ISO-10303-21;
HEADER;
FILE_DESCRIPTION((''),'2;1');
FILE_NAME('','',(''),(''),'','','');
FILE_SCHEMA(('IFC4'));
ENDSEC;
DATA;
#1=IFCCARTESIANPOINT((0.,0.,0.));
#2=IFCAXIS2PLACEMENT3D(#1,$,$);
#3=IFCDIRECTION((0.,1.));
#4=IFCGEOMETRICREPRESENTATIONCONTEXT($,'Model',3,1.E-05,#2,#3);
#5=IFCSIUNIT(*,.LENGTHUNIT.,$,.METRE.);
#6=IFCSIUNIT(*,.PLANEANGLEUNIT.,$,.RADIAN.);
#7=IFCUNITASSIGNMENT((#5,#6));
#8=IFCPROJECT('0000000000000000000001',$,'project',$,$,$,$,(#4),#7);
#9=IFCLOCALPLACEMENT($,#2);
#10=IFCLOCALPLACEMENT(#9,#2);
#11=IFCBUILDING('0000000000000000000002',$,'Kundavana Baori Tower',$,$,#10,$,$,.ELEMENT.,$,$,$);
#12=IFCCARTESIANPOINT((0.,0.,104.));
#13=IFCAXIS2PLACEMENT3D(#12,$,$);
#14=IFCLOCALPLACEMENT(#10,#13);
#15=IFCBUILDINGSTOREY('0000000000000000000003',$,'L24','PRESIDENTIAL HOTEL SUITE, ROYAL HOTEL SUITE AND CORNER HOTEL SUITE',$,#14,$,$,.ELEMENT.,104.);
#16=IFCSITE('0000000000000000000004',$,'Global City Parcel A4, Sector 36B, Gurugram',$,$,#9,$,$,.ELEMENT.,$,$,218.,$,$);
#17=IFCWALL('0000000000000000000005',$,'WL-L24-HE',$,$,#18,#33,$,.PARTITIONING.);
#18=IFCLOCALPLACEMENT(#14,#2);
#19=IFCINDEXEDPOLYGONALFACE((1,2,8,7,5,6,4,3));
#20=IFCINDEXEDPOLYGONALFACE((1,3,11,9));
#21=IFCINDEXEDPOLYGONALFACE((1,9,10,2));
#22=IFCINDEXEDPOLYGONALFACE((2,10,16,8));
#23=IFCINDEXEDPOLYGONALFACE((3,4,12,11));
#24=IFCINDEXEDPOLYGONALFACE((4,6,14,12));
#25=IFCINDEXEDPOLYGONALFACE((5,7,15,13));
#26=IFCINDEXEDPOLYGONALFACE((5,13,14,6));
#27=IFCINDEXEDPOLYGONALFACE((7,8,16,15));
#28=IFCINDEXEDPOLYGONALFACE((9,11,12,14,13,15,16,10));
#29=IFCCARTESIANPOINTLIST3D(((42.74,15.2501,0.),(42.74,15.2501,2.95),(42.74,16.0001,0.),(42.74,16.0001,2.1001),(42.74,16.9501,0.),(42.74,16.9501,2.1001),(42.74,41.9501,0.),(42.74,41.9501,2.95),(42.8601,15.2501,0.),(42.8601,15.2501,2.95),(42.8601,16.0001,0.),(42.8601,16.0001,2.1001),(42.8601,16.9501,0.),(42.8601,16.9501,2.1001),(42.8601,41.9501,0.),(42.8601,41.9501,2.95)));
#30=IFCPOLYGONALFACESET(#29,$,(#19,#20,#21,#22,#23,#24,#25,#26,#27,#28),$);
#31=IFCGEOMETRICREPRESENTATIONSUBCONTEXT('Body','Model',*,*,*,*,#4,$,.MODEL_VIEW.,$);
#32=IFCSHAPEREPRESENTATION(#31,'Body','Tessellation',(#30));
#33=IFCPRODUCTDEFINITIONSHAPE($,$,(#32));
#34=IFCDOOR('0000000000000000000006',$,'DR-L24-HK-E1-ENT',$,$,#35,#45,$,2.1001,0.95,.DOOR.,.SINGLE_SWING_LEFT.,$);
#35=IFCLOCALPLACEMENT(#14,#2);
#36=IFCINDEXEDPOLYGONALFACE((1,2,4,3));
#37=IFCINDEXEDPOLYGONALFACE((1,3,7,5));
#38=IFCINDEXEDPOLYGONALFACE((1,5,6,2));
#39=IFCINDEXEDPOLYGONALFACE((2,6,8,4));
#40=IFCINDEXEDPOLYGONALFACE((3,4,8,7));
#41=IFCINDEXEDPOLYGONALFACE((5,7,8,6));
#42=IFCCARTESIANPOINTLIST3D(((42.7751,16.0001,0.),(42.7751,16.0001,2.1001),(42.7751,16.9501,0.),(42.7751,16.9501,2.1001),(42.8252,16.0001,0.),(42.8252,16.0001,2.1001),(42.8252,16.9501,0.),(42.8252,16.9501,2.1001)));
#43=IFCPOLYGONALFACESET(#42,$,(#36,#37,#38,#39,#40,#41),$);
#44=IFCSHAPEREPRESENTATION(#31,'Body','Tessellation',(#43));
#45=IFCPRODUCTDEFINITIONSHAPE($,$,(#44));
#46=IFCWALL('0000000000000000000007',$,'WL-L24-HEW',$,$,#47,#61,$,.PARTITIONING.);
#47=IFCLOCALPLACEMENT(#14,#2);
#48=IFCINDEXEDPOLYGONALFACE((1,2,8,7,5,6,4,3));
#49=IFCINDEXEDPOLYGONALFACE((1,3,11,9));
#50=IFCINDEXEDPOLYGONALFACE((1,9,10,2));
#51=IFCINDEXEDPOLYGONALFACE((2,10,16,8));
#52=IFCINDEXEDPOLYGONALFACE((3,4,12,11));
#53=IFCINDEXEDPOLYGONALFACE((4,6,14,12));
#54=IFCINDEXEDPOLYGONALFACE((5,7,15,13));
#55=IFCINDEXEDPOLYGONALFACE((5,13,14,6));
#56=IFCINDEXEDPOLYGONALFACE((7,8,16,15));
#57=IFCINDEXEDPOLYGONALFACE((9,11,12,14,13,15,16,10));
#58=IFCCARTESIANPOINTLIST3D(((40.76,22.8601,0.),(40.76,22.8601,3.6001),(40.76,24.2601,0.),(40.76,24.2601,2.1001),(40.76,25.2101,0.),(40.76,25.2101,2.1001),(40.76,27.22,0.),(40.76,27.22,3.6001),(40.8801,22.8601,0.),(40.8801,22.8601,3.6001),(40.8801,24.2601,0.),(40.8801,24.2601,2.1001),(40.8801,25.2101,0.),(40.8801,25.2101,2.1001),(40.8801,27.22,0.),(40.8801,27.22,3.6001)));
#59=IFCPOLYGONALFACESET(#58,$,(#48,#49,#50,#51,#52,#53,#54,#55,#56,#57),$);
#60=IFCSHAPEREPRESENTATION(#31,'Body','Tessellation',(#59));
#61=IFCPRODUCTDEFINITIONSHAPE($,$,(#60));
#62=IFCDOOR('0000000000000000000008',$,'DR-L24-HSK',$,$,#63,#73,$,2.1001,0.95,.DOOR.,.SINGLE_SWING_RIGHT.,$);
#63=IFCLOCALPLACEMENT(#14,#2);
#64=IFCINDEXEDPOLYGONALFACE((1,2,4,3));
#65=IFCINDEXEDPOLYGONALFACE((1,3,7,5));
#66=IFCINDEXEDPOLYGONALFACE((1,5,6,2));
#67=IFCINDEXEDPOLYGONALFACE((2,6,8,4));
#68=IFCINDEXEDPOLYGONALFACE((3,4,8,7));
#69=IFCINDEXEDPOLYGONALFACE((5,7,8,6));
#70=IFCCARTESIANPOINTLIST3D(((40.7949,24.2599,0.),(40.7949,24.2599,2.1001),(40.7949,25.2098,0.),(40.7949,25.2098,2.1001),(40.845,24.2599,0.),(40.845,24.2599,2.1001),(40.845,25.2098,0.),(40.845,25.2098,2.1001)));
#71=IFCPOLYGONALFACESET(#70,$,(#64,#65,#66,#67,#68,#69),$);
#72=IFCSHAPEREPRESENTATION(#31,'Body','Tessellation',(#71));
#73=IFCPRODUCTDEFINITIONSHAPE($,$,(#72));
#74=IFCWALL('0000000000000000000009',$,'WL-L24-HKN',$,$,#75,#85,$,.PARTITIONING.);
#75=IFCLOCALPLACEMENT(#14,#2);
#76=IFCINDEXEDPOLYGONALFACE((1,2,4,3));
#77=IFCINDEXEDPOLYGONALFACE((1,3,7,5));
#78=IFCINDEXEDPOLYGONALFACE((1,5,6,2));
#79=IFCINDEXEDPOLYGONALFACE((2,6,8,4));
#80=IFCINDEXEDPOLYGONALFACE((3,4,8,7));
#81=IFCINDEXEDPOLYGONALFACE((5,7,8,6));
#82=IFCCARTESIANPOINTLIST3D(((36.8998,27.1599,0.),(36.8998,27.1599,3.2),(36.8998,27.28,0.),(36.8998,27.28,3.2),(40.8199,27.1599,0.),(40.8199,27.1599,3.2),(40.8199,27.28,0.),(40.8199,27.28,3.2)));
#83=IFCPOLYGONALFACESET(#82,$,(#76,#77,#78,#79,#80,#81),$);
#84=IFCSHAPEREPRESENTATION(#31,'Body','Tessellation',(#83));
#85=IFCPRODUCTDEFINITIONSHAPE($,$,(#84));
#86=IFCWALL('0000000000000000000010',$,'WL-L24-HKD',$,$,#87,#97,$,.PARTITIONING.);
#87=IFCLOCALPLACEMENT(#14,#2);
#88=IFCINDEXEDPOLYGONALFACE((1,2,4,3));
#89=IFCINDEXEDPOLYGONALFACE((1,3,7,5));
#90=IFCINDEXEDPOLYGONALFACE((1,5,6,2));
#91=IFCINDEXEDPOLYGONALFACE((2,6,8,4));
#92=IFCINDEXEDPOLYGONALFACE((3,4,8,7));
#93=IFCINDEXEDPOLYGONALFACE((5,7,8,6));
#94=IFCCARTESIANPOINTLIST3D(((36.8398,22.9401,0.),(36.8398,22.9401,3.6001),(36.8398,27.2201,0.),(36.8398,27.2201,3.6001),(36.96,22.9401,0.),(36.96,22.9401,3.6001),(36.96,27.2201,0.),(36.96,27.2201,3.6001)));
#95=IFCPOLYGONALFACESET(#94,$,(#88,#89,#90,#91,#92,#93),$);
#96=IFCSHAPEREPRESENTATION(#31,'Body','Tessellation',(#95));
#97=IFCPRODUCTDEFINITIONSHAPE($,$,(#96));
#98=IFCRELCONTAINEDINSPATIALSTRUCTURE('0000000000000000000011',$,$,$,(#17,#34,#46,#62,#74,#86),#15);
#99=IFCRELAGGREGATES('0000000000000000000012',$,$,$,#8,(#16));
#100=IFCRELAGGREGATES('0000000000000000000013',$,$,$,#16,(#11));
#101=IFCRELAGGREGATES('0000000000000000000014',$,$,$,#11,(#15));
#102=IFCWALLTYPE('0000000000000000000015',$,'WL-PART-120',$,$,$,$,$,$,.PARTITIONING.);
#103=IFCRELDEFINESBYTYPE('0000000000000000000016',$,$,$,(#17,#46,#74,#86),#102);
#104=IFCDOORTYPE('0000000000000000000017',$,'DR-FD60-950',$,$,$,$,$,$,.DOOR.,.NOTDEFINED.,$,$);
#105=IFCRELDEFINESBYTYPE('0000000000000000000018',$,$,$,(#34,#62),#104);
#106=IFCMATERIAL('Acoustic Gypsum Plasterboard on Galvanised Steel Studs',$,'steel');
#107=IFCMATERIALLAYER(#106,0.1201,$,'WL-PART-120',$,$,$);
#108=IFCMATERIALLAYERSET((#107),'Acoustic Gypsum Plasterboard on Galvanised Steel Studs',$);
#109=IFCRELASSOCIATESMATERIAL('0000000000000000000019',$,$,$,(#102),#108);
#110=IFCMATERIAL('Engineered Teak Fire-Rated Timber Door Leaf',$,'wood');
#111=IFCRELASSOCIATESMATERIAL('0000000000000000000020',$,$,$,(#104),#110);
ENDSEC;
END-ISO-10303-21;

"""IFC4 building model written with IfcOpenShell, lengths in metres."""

from ifc_helpers import new_model, si_unit, direction, frame, frame_2d, origin, place, context, subcontext, project, spatial, rectangle, extrude, material, layer, layer_set, type_object, element, fill, save


model = new_model("IFC4")

# Units and contexts
model_context = context("Model", 3, precision=1e-05, world=origin(), true_north=direction((0.0, 1.0)))
body_context = subcontext(model_context, "Body", "Model", "MODEL_VIEW")
ifc_project = project(units=[si_unit("LENGTHUNIT", "METRE"), si_unit("PLANEANGLEUNIT", "RADIAN")], contexts=[model_context])

# Site, building, storey
site_placement = place(None, origin())
site = spatial("IfcSite", under=ifc_project, at=site_placement, Name="Global City Parcel A4, Sector 36B, Gurugram", CompositionType="ELEMENT", RefElevation=218.0)
building_placement = place(site_placement, origin())
building = spatial("IfcBuilding", under=site, at=building_placement, Name="Kundavana Baori Tower", CompositionType="ELEMENT")
storey_placement = place(building_placement, frame((0.0, 0.0, 104.0)))
storey = spatial("IfcBuildingStorey", under=building, at=storey_placement, Name="L24", Description="PRESIDENTIAL HOTEL SUITE, ROYAL HOTEL SUITE AND CORNER HOTEL SUITE", CompositionType="ELEMENT", Elevation=104.0)

# Walls, openings, doors
ifc_material_1 = material(Name="Acoustic Gypsum Plasterboard on Galvanised Steel Studs", Category="steel")
ifc_layer = layer(ifc_material_1, 0.1201, Name="WL-PART-120")
ifc_layer_set = layer_set([ifc_layer], Name="Acoustic Gypsum Plasterboard on Galvanised Steel Studs")
wall_type = type_object("IfcWallType", Name="WL-PART-120", PredefinedType="PARTITIONING", material=ifc_layer_set)
wall_1_placement = place(storey_placement, frame((42.8, 15.25, 0.0), z_axis=(0.0, 0.0, 1.0), x_axis=(0.0, 1.0, 0.0)))
wall_1 = element("IfcWall", 1, at=wall_1_placement, inside=storey, type_object=wall_type, Name="WL-L24-HE", PredefinedType="PARTITIONING", context=body_context, shape_type="SweptSolid", body=[
    extrude(rectangle(XDim=26.7, YDim=0.1201, at=frame_2d((13.3501, 0.0))), origin(), (0.0, 0.0, 1.0), 2.95),
])
opening_1_placement = place(wall_1_placement, frame((0.75, 0.0, 0.0)))
opening_1 = element("IfcOpeningElement", 2, at=opening_1_placement, cuts=wall_1, PredefinedType="OPENING", context=body_context, shape_type="SweptSolid", body=[
    extrude(rectangle(XDim=0.95, YDim=2.1001, at=frame_2d((0.4751, 1.05))), frame((0.0, 0.0701, 0.0), z_axis=(0.0, -1.0, 0.0), x_axis=(1.0, 0.0, 0.0)), (0.0, 0.0, 1.0), 0.1401),
])
ifc_material_2 = material(Name="Engineered Teak Fire-Rated Timber Door Leaf", Category="wood")
door_type = type_object("IfcDoorType", Name="DR-FD60-950", OperationType="NOTDEFINED", PredefinedType="DOOR", material=ifc_material_2)
door_1_placement = place(opening_1_placement, origin())
door_1 = element("IfcDoor", 3, at=door_1_placement, inside=storey, type_object=door_type, Name="DR-L24-HK-E1-ENT", OperationType="SINGLE_SWING_LEFT", OverallHeight=2.1001, OverallWidth=0.95, PredefinedType="DOOR", context=body_context, shape_type="SweptSolid", body=[
    extrude(rectangle(XDim=0.95, YDim=2.1001, at=frame_2d((0.4751, 1.05))), frame((0.0, 0.0249, 0.0), z_axis=(0.0, -1.0, 0.0), x_axis=(1.0, 0.0, 0.0)), (0.0, 0.0, 1.0), 0.05),
])
fill(opening_1, door_1)
wall_2_placement = place(storey_placement, frame((40.8201, 22.8601, 0.0), z_axis=(0.0, 0.0, 1.0), x_axis=(0.0, 1.0, 0.0)))
wall_2 = element("IfcWall", 4, at=wall_2_placement, inside=storey, type_object=wall_type, Name="WL-L24-HEW", PredefinedType="PARTITIONING", context=body_context, shape_type="SweptSolid", body=[
    extrude(rectangle(XDim=4.3599, YDim=0.1201, at=frame_2d((2.1799, 0.0))), origin(), (0.0, 0.0, 1.0), 3.6001),
])
opening_2_placement = place(wall_2_placement, frame((1.3999, 0.0, 0.0)))
opening_2 = element("IfcOpeningElement", 5, at=opening_2_placement, cuts=wall_2, PredefinedType="OPENING", context=body_context, shape_type="SweptSolid", body=[
    extrude(rectangle(XDim=0.95, YDim=2.1001, at=frame_2d((0.4751, 1.05))), frame((0.0, 0.0701, 0.0), z_axis=(0.0, -1.0, 0.0), x_axis=(1.0, 0.0, 0.0)), (0.0, 0.0, 1.0), 0.1401),
])
door_2_placement = place(opening_2_placement, frame((0.95, 0.0, 0.0), z_axis=(0.0, 0.0, 1.0), x_axis=(-1.0, 0.0, 0.0)))
door_2 = element("IfcDoor", 6, at=door_2_placement, inside=storey, type_object=door_type, Name="DR-L24-HSK", OperationType="SINGLE_SWING_RIGHT", OverallHeight=2.1001, OverallWidth=0.95, PredefinedType="DOOR", context=body_context, shape_type="SweptSolid", body=[
    extrude(rectangle(XDim=0.95, YDim=2.1001, at=frame_2d((0.4751, 1.05))), frame((0.0, 0.0249, 0.0), z_axis=(0.0, -1.0, 0.0), x_axis=(1.0, 0.0, 0.0)), (0.0, 0.0, 1.0), 0.05),
])
fill(opening_2, door_2)

# Walls
wall_3_placement = place(storey_placement, frame((36.8999, 27.22, 0.0), z_axis=(0.0, 0.0, 1.0), x_axis=(1.0, 0.0, 0.0)))
element("IfcWall", 7, at=wall_3_placement, inside=storey, type_object=wall_type, Name="WL-L24-HKN", PredefinedType="PARTITIONING", context=body_context, shape_type="SweptSolid", body=[
    extrude(rectangle(XDim=3.9202, YDim=0.1201, at=frame_2d((1.96, 0.0))), origin(), (0.0, 0.0, 1.0), 3.2),
])
wall_4_placement = place(storey_placement, frame((36.8999, 22.9399, 0.0), z_axis=(0.0, 0.0, 1.0), x_axis=(0.0, 1.0, 0.0)))
element("IfcWall", 8, at=wall_4_placement, inside=storey, type_object=wall_type, Name="WL-L24-HKD", PredefinedType="PARTITIONING", context=body_context, shape_type="SweptSolid", body=[
    extrude(rectangle(XDim=4.28, YDim=0.1201, at=frame_2d((2.1401, 0.0))), origin(), (0.0, 0.0, 1.0), 3.6001),
])

save(model, "model.ifc")
